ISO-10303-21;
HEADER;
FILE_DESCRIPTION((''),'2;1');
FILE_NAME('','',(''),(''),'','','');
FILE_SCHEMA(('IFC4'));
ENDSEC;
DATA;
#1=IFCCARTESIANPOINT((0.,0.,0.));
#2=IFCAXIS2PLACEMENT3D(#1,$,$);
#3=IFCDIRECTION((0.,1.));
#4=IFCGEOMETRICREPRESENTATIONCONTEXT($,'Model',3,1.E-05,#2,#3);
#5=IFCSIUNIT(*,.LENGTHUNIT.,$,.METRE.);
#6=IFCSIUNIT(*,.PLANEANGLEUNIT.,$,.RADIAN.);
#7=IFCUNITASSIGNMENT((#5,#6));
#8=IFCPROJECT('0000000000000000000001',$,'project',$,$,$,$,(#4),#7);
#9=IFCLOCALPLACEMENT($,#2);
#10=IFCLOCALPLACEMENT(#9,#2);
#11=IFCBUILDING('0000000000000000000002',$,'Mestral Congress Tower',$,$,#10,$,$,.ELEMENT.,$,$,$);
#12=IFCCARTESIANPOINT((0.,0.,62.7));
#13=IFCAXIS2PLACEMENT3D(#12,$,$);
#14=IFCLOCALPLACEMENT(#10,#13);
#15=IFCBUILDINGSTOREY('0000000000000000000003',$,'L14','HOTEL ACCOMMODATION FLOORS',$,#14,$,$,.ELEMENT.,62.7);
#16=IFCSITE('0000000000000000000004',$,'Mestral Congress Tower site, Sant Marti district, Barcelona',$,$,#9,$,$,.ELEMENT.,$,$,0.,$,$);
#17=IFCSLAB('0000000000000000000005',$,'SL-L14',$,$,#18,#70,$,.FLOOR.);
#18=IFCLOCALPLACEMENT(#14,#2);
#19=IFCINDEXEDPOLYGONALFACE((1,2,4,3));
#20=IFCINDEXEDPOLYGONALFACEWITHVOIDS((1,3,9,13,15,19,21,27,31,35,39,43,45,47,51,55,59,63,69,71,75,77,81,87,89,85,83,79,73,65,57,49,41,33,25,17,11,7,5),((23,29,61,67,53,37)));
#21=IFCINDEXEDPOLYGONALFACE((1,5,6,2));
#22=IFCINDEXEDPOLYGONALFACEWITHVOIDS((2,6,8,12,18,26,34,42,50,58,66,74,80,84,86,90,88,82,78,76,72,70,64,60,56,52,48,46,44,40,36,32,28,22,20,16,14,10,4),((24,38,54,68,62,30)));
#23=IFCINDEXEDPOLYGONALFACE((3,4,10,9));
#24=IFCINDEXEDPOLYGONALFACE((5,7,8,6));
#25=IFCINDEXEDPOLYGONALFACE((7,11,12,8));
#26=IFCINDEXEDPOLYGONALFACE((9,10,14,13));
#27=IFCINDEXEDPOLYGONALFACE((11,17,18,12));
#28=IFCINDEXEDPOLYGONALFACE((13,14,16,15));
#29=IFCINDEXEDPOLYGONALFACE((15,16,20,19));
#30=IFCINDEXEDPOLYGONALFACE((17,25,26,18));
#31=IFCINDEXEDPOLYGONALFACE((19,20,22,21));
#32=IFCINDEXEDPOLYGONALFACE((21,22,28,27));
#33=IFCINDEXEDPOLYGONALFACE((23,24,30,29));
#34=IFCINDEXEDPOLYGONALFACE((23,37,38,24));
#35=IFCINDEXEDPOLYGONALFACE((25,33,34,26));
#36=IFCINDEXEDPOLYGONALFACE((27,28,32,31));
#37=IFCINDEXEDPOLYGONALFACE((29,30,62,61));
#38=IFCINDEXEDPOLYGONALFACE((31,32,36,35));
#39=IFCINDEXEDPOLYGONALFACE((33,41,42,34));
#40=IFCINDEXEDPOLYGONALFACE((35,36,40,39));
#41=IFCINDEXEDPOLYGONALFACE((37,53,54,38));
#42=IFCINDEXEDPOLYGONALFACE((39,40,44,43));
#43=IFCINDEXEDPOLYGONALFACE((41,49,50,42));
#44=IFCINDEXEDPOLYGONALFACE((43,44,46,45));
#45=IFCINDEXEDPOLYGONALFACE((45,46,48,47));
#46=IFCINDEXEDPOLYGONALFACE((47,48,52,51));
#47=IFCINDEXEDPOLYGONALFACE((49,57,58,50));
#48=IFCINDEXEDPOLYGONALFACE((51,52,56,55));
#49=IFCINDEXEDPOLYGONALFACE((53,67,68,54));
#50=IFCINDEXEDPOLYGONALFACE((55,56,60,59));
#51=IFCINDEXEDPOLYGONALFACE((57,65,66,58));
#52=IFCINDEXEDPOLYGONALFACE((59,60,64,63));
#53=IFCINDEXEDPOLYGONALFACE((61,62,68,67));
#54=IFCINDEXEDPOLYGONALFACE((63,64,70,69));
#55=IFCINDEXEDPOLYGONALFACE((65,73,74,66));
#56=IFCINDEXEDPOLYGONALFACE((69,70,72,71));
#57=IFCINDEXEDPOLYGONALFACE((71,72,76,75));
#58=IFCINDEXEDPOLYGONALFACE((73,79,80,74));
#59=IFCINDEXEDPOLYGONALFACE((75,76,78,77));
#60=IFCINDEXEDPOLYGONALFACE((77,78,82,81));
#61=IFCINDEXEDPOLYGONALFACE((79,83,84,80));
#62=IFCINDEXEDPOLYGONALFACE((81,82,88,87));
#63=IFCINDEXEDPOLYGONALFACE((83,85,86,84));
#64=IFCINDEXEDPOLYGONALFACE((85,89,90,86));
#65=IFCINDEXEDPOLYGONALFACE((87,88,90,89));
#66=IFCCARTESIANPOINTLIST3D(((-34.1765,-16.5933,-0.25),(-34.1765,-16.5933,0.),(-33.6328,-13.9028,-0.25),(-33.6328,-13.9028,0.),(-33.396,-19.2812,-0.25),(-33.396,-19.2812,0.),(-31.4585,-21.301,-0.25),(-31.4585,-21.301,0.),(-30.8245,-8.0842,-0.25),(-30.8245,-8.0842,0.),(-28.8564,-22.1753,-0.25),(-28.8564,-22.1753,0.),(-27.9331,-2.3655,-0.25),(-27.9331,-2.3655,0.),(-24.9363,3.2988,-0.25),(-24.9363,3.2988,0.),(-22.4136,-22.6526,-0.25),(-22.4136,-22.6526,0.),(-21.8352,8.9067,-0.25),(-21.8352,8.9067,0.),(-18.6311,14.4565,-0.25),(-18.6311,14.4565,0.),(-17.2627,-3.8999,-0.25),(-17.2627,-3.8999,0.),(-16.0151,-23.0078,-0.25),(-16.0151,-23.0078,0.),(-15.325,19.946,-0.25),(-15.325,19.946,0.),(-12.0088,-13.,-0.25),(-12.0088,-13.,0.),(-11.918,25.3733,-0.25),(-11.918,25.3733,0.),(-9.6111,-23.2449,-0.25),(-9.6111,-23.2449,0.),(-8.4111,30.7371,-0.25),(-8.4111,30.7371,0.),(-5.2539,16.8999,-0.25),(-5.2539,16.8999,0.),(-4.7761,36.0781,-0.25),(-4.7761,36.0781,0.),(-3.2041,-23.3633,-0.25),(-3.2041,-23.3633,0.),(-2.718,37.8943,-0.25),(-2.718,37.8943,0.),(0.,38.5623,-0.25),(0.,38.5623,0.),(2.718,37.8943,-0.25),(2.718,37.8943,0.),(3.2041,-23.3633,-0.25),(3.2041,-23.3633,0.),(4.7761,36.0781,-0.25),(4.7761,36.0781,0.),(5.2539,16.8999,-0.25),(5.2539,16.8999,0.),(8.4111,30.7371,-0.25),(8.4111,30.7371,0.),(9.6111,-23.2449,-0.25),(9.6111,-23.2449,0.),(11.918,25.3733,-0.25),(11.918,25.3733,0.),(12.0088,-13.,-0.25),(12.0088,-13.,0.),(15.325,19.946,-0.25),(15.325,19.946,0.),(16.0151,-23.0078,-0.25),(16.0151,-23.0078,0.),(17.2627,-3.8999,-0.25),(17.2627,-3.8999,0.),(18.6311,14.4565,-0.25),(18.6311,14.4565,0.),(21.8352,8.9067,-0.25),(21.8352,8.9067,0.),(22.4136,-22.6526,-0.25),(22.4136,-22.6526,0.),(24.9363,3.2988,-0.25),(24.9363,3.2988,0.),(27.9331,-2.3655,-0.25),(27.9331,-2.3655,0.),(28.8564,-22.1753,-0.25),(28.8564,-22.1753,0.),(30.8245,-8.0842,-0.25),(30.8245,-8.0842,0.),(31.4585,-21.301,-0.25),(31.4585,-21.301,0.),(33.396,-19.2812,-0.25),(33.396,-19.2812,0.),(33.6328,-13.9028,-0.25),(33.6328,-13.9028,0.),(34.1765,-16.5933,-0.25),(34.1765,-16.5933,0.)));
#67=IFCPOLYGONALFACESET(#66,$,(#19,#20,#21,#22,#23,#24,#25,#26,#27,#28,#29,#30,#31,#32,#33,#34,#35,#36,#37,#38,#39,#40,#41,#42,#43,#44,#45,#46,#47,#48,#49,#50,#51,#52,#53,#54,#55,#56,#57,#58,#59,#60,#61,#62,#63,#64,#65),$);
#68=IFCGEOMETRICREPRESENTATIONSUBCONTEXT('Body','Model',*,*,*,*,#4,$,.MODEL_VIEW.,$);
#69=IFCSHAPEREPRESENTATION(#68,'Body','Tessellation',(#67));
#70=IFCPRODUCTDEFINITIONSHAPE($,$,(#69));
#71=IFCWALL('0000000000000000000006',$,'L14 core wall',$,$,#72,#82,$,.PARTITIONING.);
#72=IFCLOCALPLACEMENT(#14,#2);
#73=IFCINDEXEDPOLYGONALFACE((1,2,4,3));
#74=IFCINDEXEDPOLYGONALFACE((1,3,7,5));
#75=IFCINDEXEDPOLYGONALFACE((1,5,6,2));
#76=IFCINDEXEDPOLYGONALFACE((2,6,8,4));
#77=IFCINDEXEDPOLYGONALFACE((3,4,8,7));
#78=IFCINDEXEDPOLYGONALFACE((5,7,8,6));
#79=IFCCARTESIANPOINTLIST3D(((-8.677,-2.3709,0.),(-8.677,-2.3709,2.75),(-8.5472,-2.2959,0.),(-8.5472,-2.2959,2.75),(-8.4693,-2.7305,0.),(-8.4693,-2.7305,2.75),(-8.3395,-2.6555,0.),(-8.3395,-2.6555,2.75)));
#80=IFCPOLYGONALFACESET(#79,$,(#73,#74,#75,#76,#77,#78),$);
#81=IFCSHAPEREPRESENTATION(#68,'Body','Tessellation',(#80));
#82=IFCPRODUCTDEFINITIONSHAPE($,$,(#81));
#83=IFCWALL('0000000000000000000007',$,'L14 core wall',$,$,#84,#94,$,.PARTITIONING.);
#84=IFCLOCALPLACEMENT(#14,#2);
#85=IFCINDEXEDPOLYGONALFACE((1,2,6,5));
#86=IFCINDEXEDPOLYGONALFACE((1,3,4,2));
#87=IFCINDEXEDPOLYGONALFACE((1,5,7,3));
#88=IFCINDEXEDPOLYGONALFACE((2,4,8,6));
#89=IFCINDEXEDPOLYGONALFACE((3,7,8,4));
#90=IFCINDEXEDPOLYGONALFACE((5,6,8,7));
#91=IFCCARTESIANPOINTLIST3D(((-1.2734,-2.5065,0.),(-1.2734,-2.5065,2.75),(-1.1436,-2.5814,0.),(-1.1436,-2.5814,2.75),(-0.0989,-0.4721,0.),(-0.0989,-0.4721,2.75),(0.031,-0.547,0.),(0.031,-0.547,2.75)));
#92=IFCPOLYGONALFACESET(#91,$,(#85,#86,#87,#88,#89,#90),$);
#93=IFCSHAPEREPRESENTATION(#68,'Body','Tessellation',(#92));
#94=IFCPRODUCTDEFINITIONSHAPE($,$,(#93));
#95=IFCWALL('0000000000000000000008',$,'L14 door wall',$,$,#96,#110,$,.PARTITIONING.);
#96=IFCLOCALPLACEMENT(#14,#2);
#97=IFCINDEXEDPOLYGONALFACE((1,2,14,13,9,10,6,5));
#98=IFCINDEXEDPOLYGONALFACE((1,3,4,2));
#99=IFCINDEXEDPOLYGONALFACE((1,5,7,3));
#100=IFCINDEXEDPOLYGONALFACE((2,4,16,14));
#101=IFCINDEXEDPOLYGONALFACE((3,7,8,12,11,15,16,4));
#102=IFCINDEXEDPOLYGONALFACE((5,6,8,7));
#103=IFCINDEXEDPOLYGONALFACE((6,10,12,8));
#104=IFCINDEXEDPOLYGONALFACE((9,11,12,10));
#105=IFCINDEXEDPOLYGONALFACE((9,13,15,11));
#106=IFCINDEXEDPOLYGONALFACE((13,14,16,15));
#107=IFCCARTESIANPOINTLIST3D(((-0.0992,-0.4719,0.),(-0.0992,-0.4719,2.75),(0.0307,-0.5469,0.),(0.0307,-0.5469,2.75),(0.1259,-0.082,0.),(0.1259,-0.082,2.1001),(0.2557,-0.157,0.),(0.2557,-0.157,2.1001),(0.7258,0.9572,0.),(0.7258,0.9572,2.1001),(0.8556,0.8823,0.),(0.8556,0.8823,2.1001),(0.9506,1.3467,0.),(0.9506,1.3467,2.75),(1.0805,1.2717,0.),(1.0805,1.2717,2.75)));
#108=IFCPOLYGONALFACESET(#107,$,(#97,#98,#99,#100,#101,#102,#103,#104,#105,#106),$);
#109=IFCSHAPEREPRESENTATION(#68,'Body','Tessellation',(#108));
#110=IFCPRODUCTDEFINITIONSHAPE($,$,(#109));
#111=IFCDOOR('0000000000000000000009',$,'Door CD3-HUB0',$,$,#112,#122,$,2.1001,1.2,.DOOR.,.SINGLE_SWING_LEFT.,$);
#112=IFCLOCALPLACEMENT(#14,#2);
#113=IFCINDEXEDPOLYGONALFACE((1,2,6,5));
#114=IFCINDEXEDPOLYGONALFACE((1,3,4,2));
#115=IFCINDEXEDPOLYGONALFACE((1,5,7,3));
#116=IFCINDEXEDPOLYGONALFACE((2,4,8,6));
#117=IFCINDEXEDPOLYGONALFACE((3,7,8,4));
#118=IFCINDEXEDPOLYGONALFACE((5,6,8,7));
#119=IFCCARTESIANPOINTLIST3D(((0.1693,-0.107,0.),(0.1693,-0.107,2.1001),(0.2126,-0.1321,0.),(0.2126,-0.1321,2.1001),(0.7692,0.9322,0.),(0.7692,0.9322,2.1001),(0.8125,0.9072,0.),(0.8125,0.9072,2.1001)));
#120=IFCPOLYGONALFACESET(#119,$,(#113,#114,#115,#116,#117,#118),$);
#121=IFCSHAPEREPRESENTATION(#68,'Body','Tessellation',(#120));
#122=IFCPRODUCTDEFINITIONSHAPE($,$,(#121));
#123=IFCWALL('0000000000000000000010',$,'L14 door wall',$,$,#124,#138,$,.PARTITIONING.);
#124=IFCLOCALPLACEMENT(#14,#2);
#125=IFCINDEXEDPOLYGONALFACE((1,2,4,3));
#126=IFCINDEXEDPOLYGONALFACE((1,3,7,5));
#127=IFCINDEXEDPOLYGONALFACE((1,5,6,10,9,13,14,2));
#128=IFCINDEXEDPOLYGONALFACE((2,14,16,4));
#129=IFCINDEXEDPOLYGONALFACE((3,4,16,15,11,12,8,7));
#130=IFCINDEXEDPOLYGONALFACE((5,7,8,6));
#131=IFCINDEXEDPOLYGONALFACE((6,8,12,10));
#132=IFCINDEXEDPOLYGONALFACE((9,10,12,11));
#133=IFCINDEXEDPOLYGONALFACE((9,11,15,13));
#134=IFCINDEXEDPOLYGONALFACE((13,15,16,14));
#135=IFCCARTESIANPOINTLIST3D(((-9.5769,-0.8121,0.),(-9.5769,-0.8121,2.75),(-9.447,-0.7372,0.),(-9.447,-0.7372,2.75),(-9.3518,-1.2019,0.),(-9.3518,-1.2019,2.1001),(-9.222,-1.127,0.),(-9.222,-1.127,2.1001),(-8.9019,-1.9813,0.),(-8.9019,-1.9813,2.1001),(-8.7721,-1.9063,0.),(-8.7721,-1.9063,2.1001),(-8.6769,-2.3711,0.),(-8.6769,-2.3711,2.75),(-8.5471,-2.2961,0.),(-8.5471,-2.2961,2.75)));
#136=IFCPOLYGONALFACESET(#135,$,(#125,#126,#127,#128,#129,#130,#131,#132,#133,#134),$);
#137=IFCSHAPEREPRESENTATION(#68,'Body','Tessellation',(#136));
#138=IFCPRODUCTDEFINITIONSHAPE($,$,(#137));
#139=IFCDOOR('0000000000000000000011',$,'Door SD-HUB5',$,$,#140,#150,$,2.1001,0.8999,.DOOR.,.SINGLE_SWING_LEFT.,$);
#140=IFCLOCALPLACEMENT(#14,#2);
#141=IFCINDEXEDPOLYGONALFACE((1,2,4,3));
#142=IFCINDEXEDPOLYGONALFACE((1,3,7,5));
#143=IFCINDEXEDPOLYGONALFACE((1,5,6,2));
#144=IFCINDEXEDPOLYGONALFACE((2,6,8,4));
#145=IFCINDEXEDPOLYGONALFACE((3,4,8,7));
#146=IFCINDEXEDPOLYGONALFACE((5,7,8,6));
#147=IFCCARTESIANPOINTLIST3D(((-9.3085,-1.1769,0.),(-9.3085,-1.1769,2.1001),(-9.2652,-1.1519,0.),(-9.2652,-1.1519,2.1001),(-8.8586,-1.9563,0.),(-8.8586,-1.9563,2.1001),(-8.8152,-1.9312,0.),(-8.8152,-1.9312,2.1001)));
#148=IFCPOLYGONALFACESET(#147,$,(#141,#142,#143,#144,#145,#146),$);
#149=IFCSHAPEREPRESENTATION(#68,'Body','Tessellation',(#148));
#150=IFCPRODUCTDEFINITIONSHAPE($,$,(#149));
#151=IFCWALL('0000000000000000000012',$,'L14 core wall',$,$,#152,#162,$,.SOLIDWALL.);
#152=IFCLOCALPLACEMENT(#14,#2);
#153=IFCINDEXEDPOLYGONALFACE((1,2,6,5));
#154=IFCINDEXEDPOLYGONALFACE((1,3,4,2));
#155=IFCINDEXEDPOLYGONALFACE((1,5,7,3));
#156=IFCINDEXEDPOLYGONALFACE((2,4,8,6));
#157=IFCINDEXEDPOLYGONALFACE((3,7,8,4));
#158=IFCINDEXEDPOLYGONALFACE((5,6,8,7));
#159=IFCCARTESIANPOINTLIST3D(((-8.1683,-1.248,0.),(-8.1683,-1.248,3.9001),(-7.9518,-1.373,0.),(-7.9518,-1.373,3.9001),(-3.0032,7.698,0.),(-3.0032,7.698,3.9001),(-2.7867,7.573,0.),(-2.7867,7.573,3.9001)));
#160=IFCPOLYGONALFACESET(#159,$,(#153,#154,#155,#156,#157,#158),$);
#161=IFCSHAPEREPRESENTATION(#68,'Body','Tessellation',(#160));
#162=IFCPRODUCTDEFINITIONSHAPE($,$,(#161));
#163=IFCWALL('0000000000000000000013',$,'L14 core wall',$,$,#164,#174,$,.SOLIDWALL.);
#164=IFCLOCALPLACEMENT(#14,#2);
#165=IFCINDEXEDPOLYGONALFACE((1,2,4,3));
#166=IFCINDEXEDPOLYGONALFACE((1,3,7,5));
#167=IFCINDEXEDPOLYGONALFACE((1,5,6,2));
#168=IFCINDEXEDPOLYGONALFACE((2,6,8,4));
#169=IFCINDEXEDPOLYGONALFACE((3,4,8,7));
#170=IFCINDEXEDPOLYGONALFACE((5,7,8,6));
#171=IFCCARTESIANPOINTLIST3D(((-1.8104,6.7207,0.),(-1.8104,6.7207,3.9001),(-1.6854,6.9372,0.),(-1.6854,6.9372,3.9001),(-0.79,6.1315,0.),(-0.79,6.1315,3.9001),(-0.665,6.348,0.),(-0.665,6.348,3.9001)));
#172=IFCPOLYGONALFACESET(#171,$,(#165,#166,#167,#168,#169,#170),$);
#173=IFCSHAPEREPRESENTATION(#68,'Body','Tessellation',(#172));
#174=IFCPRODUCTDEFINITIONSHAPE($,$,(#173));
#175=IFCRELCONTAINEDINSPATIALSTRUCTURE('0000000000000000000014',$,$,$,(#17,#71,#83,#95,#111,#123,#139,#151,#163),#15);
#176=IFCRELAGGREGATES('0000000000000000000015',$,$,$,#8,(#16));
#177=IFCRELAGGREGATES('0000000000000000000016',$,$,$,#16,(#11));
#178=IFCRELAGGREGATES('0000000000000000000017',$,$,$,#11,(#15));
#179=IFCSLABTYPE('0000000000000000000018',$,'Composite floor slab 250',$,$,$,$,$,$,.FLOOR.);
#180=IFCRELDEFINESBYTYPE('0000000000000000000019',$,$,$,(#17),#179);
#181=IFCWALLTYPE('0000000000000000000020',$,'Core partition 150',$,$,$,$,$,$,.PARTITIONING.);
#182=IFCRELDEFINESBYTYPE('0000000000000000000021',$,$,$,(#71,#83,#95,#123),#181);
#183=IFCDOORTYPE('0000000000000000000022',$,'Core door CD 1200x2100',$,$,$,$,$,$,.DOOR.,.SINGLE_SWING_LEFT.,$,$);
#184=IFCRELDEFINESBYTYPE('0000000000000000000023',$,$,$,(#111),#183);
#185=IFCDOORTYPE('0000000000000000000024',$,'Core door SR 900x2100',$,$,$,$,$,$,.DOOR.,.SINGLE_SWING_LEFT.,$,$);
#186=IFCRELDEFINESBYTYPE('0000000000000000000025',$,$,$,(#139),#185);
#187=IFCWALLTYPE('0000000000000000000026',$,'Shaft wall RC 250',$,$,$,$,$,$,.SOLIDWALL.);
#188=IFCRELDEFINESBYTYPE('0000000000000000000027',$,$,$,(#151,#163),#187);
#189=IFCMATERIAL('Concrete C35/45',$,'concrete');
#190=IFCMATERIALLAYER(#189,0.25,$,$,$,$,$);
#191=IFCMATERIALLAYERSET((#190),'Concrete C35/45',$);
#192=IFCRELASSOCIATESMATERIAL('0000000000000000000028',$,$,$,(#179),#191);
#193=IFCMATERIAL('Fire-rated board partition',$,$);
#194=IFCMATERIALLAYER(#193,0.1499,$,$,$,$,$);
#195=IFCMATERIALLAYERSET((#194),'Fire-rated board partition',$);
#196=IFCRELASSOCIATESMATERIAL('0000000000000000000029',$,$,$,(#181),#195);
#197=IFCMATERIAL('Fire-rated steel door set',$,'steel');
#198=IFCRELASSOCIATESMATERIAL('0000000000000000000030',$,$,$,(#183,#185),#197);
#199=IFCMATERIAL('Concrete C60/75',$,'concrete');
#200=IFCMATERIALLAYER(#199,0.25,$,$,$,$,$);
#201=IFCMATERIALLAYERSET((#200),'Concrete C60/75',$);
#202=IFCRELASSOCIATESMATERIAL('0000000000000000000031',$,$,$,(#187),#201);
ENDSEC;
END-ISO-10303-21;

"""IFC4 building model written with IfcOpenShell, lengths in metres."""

from ifc_helpers import new_model, si_unit, direction, frame, frame_2d, origin, place, context, subcontext, project, spatial, polyline, rectangle, outline, extrude, material, layer, layer_set, type_object, element, fill, save


model = new_model("IFC4")

# Units and contexts
model_context = context("Model", 3, precision=1e-05, world=origin(), true_north=direction((0.0, 1.0)))
body_context = subcontext(model_context, "Body", "Model", "MODEL_VIEW")
ifc_project = project(units=[si_unit("LENGTHUNIT", "METRE"), si_unit("PLANEANGLEUNIT", "RADIAN")], contexts=[model_context])

# Site, building, storey
site_placement = place(None, origin())
site = spatial("IfcSite", under=ifc_project, at=site_placement, Name="Mestral Congress Tower site, Sant Marti district, Barcelona", CompositionType="ELEMENT", RefElevation=0.0)
building_placement = place(site_placement, origin())
building = spatial("IfcBuilding", under=site, at=building_placement, Name="Mestral Congress Tower", CompositionType="ELEMENT")
storey_placement = place(building_placement, frame((0.0, 0.0, 62.7)))
storey = spatial("IfcBuildingStorey", under=building, at=storey_placement, Name="L14", Description="HOTEL ACCOMMODATION FLOORS", CompositionType="ELEMENT", Elevation=62.7)

# Slab
ifc_material_1 = material(Name="Concrete C35/45", Category="concrete")
ifc_layer_1 = layer(ifc_material_1, 0.25)
ifc_layer_set_1 = layer_set([ifc_layer_1], Name="Concrete C35/45")
slab_type = type_object("IfcSlabType", Name="Composite floor slab 250", PredefinedType="FLOOR", material=ifc_layer_set_1)
slab_placement = place(storey_placement, frame((0.0, 0.0, -0.25)))
element("IfcSlab", 1, at=slab_placement, inside=storey, type_object=slab_type, Name="SL-L14", PredefinedType="FLOOR", context=body_context, shape_type="SweptSolid", body=[
    extrude(outline(polyline([(-28.8564, -22.1753), (-31.4585, -21.301), (-33.396, -19.2812), (-34.1765, -16.5933), (-33.6328, -13.9028), (-30.8245, -8.0842), (-27.9331, -2.3655), (-24.9363, 3.2988), (-21.8352, 8.9067), (-18.6311, 14.4565), (-15.325, 19.946), (-11.918, 25.3733), (-8.4111, 30.7371), (-4.7761, 36.0781), (-2.718, 37.8943), (0.0, 38.5623), (2.718, 37.8943), (4.7761, 36.0781), (8.4111, 30.7371), (11.918, 25.3733), (15.325, 19.946), (18.6311, 14.4565), (21.8352, 8.9067), (24.9363, 3.2988), (27.9331, -2.3655), (30.8245, -8.0842), (33.6328, -13.9028), (34.1765, -16.5933), (33.396, -19.2812), (31.4585, -21.301), (28.8564, -22.1753), (22.4136, -22.6526), (16.0151, -23.0078), (9.6111, -23.2449), (3.2041, -23.3633), (-3.2041, -23.3633), (-9.6111, -23.2449), (-16.0151, -23.0078), (-22.4136, -22.6526), (-28.8564, -22.1753)]), holes=[polyline([(-5.2539, 16.8999), (-17.2627, -3.8999), (-12.0088, -13.0), (12.0088, -13.0), (17.2627, -3.8999), (5.2539, 16.8999), (-5.2539, 16.8999)])]), origin(), (0.0, 0.0, 1.0), 0.25),
])

# Walls
ifc_material_2 = material(Name="Fire-rated board partition")
ifc_layer_2 = layer(ifc_material_2, 0.1499)
ifc_layer_set_2 = layer_set([ifc_layer_2], Name="Fire-rated board partition")
wall_type_1 = type_object("IfcWallType", Name="Core partition 150", PredefinedType="PARTITIONING", material=ifc_layer_set_2)
wall_1_placement = place(storey_placement, frame((-8.6121, -2.3335, 0.0), z_axis=(0.0, 0.0, 1.0), x_axis=(0.500248, -0.865882, 0.0)))
element("IfcWall", 2, at=wall_1_placement, inside=storey, type_object=wall_type_1, Name="L14 core wall", PredefinedType="PARTITIONING", context=body_context, shape_type="SweptSolid", body=[
    extrude(rectangle(XDim=0.4153, YDim=0.1499, at=frame_2d((0.2075, 0.0))), origin(), (0.0, 0.0, 1.0), 2.75),
])
wall_2_placement = place(storey_placement, frame((-1.2085, -2.5439, 0.0), z_axis=(0.0, 0.0, 1.0), x_axis=(0.499995, 0.866028, 0.0)))
element("IfcWall", 3, at=wall_2_placement, inside=storey, type_object=wall_type_1, Name="L14 core wall", PredefinedType="PARTITIONING", context=body_context, shape_type="SweptSolid", body=[
    extrude(rectangle(XDim=2.3491, YDim=0.1499, at=frame_2d((1.1746, 0.0))), origin(), (0.0, 0.0, 1.0), 2.75),
])

# Walls, openings, doors
wall_3_placement = place(storey_placement, frame((-0.0342, -0.5093, 0.0), z_axis=(0.0, 0.0, 1.0), x_axis=(0.499941, 0.86606, 0.0)))
wall_3 = element("IfcWall", 4, at=wall_3_placement, inside=storey, type_object=wall_type_1, Name="L14 door wall", PredefinedType="PARTITIONING", context=body_context, shape_type="SweptSolid", body=[
    extrude(rectangle(XDim=2.0999, YDim=0.1499, at=frame_2d((1.0498, 0.0))), origin(), (0.0, 0.0, 1.0), 2.75),
])
opening_1_placement = place(wall_3_placement, frame((0.45, 0.0, 0.0)))
opening_1 = element("IfcOpeningElement", 5, at=opening_1_placement, cuts=wall_3, PredefinedType="OPENING", context=body_context, shape_type="SweptSolid", body=[
    extrude(rectangle(XDim=1.2, YDim=2.1001, at=frame_2d((0.6001, 1.05))), frame((0.0, 0.085, 0.0), z_axis=(0.0, -1.0, 0.0), x_axis=(1.0, 0.0, 0.0)), (0.0, 0.0, 1.0), 0.1699),
])
ifc_material_3 = material(Name="Fire-rated steel door set", Category="steel")
door_type_1 = type_object("IfcDoorType", Name="Core door CD 1200x2100", OperationType="SINGLE_SWING_LEFT", PredefinedType="DOOR", material=ifc_material_3)
door_1_placement = place(opening_1_placement, origin())
door_1 = element("IfcDoor", 6, at=door_1_placement, inside=storey, type_object=door_type_1, Name="Door CD3-HUB0", OperationType="SINGLE_SWING_LEFT", OverallHeight=2.1001, OverallWidth=1.2, PredefinedType="DOOR", context=body_context, shape_type="SweptSolid", body=[
    extrude(rectangle(XDim=1.2, YDim=2.1001, at=frame_2d((0.6001, 1.05))), frame((0.0, 0.0249, 0.0), z_axis=(0.0, -1.0, 0.0), x_axis=(1.0, 0.0, 0.0)), (0.0, 0.0, 1.0), 0.05),
])
fill(opening_1, door_1)
wall_4_placement = place(storey_placement, frame((-8.6121, -2.3335, 0.0), z_axis=(0.0, 0.0, 1.0), x_axis=(-0.499961, 0.866048, 0.0)))
wall_4 = element("IfcWall", 7, at=wall_4_placement, inside=storey, type_object=wall_type_1, Name="L14 door wall", PredefinedType="PARTITIONING", context=body_context, shape_type="SweptSolid", body=[
    extrude(rectangle(XDim=1.8, YDim=0.1499, at=frame_2d((0.8999, 0.0))), origin(), (0.0, 0.0, 1.0), 2.75),
])
opening_2_placement = place(wall_4_placement, frame((0.45, 0.0, 0.0)))
opening_2 = element("IfcOpeningElement", 8, at=opening_2_placement, cuts=wall_4, PredefinedType="OPENING", context=body_context, shape_type="SweptSolid", body=[
    extrude(rectangle(XDim=0.8999, YDim=2.1001, at=frame_2d((0.45, 1.05))), frame((0.0, 0.085, 0.0), z_axis=(0.0, -1.0, 0.0), x_axis=(1.0, 0.0, 0.0)), (0.0, 0.0, 1.0), 0.1699),
])
door_type_2 = type_object("IfcDoorType", Name="Core door SR 900x2100", OperationType="SINGLE_SWING_LEFT", PredefinedType="DOOR", material=ifc_material_3)
door_2_placement = place(opening_2_placement, origin())
door_2 = element("IfcDoor", 9, at=door_2_placement, inside=storey, type_object=door_type_2, Name="Door SD-HUB5", OperationType="SINGLE_SWING_LEFT", OverallHeight=2.1001, OverallWidth=0.8999, PredefinedType="DOOR", context=body_context, shape_type="SweptSolid", body=[
    extrude(rectangle(XDim=0.8999, YDim=2.1001, at=frame_2d((0.45, 1.05))), frame((0.0, 0.0249, 0.0), z_axis=(0.0, -1.0, 0.0), x_axis=(1.0, 0.0, 0.0)), (0.0, 0.0, 1.0), 0.05),
])
fill(opening_2, door_2)

# Walls
ifc_material_4 = material(Name="Concrete C60/75", Category="concrete")
ifc_layer_3 = layer(ifc_material_4, 0.25)
ifc_layer_set_3 = layer_set([ifc_layer_3], Name="Concrete C60/75")
wall_type_2 = type_object("IfcWallType", Name="Shaft wall RC 250", PredefinedType="SOLIDWALL", material=ifc_layer_set_3)
wall_5_placement = place(storey_placement, frame((-8.0601, -1.3105, 0.0), z_axis=(0.0, 0.0, 1.0), x_axis=(0.500003, 0.866024, 0.0)))
element("IfcWall", 10, at=wall_5_placement, inside=storey, type_object=wall_type_2, Name="L14 core wall", PredefinedType="SOLIDWALL", context=body_context, shape_type="SweptSolid", body=[
    extrude(rectangle(XDim=10.3301, YDim=0.25, at=frame_2d((5.165, 0.0))), origin(), (0.0, 0.0, 1.0), 3.9001),
])
wall_6_placement = place(storey_placement, frame((-0.7275, 6.2397, 0.0), z_axis=(0.0, 0.0, 1.0), x_axis=(-0.866003, 0.500039, 0.0)))
element("IfcWall", 11, at=wall_6_placement, inside=storey, type_object=wall_type_2, Name="L14 core wall", PredefinedType="SOLIDWALL", context=body_context, shape_type="SweptSolid", body=[
    extrude(rectangle(XDim=1.1782, YDim=0.25, at=frame_2d((0.5891, 0.0))), origin(), (0.0, 0.0, 1.0), 3.9001),
])

save(model, "model.ifc")
